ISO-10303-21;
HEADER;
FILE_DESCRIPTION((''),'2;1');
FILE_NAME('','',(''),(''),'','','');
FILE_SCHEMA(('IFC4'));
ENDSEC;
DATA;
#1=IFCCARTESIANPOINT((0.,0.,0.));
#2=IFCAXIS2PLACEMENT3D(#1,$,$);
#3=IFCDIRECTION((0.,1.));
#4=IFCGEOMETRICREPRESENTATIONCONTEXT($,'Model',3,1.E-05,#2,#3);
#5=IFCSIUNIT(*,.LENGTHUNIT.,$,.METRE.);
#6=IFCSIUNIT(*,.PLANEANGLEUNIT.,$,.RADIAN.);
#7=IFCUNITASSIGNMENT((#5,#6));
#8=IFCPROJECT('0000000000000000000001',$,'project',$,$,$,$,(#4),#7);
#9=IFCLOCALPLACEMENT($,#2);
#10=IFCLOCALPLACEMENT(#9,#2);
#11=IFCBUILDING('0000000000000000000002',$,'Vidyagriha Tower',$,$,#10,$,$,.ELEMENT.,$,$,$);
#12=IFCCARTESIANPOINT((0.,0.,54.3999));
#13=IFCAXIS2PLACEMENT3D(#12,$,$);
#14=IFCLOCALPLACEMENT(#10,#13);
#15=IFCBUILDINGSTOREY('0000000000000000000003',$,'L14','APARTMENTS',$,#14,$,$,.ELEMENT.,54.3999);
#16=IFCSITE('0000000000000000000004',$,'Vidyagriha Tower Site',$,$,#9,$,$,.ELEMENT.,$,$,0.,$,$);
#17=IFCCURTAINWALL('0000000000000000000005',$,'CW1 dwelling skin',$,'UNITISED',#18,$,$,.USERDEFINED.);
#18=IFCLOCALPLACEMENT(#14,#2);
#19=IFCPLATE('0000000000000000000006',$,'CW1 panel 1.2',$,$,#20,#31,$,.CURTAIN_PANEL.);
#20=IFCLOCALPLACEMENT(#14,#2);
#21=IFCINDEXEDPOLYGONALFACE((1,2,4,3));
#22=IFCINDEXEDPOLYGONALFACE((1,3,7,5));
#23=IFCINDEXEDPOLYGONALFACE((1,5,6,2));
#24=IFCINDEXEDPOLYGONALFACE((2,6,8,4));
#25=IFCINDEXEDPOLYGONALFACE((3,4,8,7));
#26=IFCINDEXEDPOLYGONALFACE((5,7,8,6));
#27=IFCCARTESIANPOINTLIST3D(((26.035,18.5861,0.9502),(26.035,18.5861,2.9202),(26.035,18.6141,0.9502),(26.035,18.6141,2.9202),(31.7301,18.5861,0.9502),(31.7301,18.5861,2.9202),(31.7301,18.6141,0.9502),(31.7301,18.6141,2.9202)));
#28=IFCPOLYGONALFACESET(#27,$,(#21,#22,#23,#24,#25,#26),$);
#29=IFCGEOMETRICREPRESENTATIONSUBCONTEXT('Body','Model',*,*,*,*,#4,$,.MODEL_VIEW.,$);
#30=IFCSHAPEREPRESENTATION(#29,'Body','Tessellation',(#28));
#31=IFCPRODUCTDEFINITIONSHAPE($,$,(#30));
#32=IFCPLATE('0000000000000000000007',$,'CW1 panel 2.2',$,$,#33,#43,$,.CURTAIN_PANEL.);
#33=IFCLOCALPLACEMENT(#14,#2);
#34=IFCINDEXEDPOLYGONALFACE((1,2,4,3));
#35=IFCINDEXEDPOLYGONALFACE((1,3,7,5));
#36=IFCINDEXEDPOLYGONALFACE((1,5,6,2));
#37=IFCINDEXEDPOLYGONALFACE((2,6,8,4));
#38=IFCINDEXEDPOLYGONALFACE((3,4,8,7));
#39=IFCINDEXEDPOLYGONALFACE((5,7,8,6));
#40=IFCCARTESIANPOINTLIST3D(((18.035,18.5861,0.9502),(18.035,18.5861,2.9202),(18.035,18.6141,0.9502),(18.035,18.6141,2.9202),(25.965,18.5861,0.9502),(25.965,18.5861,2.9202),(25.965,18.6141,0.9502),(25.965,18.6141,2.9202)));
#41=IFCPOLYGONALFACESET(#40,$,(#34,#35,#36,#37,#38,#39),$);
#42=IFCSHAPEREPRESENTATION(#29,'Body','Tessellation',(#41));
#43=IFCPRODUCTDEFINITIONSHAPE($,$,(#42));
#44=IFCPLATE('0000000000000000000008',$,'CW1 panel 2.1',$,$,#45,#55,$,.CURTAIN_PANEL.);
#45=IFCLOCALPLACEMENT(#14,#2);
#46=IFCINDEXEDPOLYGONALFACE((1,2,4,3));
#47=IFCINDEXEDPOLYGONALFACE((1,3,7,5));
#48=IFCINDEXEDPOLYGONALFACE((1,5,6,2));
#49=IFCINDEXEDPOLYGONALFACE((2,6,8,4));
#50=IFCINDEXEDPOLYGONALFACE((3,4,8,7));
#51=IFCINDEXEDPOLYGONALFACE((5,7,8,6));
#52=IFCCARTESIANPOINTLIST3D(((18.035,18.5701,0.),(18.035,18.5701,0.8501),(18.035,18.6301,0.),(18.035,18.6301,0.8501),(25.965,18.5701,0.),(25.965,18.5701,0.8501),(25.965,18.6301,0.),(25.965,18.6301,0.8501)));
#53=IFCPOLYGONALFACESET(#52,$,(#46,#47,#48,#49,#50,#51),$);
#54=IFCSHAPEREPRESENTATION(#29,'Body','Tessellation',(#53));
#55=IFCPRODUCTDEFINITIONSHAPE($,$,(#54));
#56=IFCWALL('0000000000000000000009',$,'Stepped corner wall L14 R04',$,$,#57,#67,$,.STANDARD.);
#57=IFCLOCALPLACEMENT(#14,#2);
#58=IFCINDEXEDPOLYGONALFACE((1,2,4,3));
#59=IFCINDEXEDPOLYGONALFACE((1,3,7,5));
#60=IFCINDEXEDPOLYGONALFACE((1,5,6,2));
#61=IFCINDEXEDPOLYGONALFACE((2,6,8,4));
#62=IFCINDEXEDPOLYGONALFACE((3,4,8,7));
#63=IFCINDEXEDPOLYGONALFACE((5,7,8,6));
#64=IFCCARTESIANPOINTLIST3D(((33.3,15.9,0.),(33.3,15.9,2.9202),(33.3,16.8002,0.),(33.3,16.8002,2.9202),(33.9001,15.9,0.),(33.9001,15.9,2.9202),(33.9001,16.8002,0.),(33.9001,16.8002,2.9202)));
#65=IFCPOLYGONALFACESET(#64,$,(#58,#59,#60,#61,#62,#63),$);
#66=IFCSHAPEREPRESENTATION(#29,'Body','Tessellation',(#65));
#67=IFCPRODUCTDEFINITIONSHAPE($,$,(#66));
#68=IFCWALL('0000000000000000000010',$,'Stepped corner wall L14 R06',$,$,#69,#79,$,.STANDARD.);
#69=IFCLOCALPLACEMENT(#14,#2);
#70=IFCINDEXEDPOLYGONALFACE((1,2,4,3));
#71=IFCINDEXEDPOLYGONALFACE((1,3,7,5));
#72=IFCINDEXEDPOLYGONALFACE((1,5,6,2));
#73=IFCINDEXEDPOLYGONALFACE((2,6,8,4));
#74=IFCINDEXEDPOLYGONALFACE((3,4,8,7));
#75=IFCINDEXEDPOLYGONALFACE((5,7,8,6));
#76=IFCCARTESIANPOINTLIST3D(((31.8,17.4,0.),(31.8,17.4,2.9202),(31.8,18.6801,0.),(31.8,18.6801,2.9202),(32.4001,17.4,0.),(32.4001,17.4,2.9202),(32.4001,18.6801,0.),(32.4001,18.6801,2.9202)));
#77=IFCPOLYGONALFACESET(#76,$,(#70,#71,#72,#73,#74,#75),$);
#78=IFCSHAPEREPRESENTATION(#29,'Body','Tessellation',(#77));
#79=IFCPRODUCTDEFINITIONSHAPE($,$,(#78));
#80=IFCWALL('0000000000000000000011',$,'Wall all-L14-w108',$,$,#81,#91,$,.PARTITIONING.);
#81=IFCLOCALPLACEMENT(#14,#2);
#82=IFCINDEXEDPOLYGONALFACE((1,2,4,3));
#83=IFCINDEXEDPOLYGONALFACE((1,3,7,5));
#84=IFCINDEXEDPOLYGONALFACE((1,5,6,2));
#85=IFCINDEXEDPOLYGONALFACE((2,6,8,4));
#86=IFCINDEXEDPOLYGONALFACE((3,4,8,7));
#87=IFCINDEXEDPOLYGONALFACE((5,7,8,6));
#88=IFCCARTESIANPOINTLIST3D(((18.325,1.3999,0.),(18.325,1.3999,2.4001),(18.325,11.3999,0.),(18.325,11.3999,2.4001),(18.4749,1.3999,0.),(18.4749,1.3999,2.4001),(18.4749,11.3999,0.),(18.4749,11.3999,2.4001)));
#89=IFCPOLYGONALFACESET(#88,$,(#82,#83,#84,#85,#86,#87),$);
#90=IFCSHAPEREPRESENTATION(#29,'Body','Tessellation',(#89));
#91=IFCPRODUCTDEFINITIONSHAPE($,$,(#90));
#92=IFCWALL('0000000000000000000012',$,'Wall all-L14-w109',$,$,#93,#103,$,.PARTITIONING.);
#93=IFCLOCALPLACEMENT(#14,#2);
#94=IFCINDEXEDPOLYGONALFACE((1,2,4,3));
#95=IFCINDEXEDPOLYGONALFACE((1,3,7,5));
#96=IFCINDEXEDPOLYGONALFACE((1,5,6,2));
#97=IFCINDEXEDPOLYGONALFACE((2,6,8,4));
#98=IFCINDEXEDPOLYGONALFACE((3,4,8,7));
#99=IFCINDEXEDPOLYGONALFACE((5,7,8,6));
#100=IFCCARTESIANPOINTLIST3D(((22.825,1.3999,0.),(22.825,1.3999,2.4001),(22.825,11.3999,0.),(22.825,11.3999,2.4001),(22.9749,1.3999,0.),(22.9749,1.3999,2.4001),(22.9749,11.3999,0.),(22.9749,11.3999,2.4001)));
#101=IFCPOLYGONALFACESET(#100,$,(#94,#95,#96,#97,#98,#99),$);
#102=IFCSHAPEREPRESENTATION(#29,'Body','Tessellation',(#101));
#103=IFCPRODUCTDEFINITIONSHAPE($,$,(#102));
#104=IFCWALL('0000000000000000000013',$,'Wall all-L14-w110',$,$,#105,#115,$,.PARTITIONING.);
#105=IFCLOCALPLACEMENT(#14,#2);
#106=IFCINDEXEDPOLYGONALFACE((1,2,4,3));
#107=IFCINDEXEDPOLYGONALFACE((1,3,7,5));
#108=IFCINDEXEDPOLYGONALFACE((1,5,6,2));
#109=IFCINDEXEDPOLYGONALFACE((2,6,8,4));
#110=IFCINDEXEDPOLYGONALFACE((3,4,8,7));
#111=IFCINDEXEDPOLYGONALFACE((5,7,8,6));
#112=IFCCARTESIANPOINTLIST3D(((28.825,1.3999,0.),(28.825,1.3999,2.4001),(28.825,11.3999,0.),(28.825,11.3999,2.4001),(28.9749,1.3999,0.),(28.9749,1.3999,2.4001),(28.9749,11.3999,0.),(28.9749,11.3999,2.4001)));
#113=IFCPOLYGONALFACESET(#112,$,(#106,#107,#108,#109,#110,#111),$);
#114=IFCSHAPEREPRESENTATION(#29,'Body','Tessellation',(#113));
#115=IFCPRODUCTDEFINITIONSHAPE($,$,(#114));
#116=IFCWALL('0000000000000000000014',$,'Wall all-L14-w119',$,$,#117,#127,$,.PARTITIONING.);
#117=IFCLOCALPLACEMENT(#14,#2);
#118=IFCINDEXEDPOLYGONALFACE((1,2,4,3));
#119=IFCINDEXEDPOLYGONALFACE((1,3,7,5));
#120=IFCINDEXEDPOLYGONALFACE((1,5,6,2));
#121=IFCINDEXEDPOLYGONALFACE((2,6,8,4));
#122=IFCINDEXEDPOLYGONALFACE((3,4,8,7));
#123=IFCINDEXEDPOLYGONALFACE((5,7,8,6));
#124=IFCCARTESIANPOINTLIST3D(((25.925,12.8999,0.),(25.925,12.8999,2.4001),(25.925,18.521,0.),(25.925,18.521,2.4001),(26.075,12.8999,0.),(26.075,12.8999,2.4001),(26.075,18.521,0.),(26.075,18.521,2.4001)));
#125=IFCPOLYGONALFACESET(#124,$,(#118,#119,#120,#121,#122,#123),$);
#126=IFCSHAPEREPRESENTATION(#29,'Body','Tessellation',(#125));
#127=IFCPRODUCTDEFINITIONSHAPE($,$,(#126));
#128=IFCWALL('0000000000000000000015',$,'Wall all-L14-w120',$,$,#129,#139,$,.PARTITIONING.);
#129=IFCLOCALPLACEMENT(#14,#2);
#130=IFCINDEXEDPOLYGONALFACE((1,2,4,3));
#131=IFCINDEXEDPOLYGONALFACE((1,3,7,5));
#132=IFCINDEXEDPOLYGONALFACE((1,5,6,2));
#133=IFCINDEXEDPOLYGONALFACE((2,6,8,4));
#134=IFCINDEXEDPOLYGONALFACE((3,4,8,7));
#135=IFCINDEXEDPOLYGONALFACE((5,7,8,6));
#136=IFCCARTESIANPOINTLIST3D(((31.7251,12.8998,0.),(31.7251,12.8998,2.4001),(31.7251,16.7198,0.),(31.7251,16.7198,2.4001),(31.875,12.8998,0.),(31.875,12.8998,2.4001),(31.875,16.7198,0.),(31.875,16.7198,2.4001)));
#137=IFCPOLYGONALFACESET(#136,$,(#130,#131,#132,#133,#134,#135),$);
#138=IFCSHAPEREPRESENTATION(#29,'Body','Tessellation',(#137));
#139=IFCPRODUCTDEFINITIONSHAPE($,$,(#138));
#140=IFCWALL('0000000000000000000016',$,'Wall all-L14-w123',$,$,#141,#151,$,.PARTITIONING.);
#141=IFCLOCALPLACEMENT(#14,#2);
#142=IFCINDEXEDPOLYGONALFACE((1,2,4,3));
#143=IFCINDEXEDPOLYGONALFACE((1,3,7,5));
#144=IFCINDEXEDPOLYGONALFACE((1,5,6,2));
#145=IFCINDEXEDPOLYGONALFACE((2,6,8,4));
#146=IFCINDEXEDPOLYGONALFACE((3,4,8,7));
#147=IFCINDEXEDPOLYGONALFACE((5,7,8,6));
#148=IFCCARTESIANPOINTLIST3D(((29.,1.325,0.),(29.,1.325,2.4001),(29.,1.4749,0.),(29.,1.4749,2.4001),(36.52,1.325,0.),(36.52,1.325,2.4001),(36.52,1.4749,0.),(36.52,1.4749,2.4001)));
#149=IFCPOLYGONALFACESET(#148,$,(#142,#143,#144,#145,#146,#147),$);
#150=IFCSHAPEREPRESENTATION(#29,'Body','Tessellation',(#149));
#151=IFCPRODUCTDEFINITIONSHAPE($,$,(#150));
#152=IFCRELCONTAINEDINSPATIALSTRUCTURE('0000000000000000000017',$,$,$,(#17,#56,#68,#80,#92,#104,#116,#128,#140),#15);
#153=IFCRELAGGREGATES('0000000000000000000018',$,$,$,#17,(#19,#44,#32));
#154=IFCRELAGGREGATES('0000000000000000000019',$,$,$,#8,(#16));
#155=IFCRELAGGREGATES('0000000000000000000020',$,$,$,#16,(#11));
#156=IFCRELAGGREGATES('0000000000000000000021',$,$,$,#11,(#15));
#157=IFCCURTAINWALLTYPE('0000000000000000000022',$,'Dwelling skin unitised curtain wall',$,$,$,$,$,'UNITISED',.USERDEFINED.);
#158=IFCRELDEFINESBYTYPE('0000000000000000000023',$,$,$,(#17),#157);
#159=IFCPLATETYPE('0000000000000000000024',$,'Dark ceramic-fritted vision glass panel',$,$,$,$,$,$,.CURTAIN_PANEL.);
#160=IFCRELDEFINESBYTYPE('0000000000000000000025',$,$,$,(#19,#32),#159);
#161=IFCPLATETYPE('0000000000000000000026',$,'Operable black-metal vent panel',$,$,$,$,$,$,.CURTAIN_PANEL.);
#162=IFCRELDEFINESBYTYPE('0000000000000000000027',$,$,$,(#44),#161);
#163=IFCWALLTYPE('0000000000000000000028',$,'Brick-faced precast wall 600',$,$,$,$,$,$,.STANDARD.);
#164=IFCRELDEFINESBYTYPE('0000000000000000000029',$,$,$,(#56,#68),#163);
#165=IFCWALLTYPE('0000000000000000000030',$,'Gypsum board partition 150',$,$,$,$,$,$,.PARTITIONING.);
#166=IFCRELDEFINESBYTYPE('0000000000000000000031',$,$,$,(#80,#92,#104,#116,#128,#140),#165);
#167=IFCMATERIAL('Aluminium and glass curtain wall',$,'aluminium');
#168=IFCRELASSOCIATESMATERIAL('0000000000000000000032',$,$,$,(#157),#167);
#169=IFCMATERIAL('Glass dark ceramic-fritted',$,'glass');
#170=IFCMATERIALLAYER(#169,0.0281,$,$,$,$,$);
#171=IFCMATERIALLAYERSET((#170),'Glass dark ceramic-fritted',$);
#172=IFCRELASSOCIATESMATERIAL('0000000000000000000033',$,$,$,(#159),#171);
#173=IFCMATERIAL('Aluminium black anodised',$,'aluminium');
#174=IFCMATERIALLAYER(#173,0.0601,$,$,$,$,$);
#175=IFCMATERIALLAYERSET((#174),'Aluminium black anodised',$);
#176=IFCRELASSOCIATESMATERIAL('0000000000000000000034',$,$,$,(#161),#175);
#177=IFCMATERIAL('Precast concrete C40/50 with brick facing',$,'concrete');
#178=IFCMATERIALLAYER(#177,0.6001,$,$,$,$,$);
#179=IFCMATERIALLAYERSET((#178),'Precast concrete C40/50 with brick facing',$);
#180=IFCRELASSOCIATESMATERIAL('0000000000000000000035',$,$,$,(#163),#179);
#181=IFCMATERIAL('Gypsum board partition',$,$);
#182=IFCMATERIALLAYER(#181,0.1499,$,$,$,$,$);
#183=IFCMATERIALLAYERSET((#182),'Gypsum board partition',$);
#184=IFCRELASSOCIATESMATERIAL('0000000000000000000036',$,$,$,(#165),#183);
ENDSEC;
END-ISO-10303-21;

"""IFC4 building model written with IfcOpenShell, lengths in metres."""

from ifc_helpers import new_model, si_unit, direction, frame, frame_2d, origin, origin_2d, place, context, subcontext, project, spatial, rectangle, extrude, material, layer, layer_set, type_object, element, aggregate, save


model = new_model("IFC4")

# Units and contexts
model_context = context("Model", 3, precision=1e-05, world=origin(), true_north=direction((0.0, 1.0)))
body_context = subcontext(model_context, "Body", "Model", "MODEL_VIEW")
ifc_project = project(units=[si_unit("LENGTHUNIT", "METRE"), si_unit("PLANEANGLEUNIT", "RADIAN")], contexts=[model_context])

# Site, building, storey
site_placement = place(None, origin())
site = spatial("IfcSite", under=ifc_project, at=site_placement, Name="Vidyagriha Tower Site", CompositionType="ELEMENT", RefElevation=0.0)
building_placement = place(site_placement, origin())
building = spatial("IfcBuilding", under=site, at=building_placement, Name="Vidyagriha Tower", CompositionType="ELEMENT")
storey_placement = place(building_placement, frame((0.0, 0.0, 54.3999)))
storey = spatial("IfcBuildingStorey", under=building, at=storey_placement, Name="L14", Description="APARTMENTS", CompositionType="ELEMENT", Elevation=54.3999)

# Curtain wall, plates
ifc_material_1 = material(Name="Aluminium and glass curtain wall", Category="aluminium")
curtain_wall_type = type_object("IfcCurtainWallType", Name="Dwelling skin unitised curtain wall", ElementType="UNITISED", PredefinedType="USERDEFINED", material=ifc_material_1)
curtain_wall_placement = place(storey_placement, origin())
curtain_wall = element("IfcCurtainWall", 1, at=curtain_wall_placement, inside=storey, type_object=curtain_wall_type, Name="CW1 dwelling skin", ObjectType="UNITISED", PredefinedType="USERDEFINED")
ifc_material_2 = material(Name="Glass dark ceramic-fritted", Category="glass")
ifc_layer_1 = layer(ifc_material_2, 0.0281)
ifc_layer_set_1 = layer_set([ifc_layer_1], Name="Glass dark ceramic-fritted")
plate_type_1 = type_object("IfcPlateType", Name="Dark ceramic-fritted vision glass panel", PredefinedType="CURTAIN_PANEL", material=ifc_layer_set_1)
plate_1_placement = place(storey_placement, frame((28.8826, 18.6001, 0.9502), z_axis=(0.0, 0.0, 1.0), x_axis=(-1.0, 0.0, 0.0)))
plate_1 = element("IfcPlate", 2, at=plate_1_placement, type_object=plate_type_1, Name="CW1 panel 1.2", PredefinedType="CURTAIN_PANEL", context=body_context, shape_type="SweptSolid", body=[
    extrude(rectangle(XDim=5.6951, YDim=0.0281, at=origin_2d()), origin(), (0.0, 0.0, 1.0), 1.97),
])
plate_2_placement = place(storey_placement, frame((22.0, 18.6001, 0.9502), z_axis=(0.0, 0.0, 1.0), x_axis=(-1.0, 0.0, 0.0)))
plate_2 = element("IfcPlate", 3, at=plate_2_placement, type_object=plate_type_1, Name="CW1 panel 2.2", PredefinedType="CURTAIN_PANEL", context=body_context, shape_type="SweptSolid", body=[
    extrude(rectangle(XDim=7.9299, YDim=0.0281, at=origin_2d()), origin(), (0.0, 0.0, 1.0), 1.97),
])
ifc_material_3 = material(Name="Aluminium black anodised", Category="aluminium")
ifc_layer_2 = layer(ifc_material_3, 0.0601)
ifc_layer_set_2 = layer_set([ifc_layer_2], Name="Aluminium black anodised")
plate_type_2 = type_object("IfcPlateType", Name="Operable black-metal vent panel", PredefinedType="CURTAIN_PANEL", material=ifc_layer_set_2)
plate_3_placement = place(storey_placement, frame((22.0, 18.6001, 0.0), z_axis=(0.0, 0.0, 1.0), x_axis=(-1.0, 0.0, 0.0)))
plate_3 = element("IfcPlate", 4, at=plate_3_placement, type_object=plate_type_2, Name="CW1 panel 2.1", PredefinedType="CURTAIN_PANEL", context=body_context, shape_type="SweptSolid", body=[
    extrude(rectangle(XDim=7.9299, YDim=0.0601, at=origin_2d()), origin(), (0.0, 0.0, 1.0), 0.8501),
])
aggregate(curtain_wall, [plate_1, plate_3, plate_2])

# Walls
ifc_material_4 = material(Name="Precast concrete C40/50 with brick facing", Category="concrete")
ifc_layer_3 = layer(ifc_material_4, 0.6001)
ifc_layer_set_3 = layer_set([ifc_layer_3], Name="Precast concrete C40/50 with brick facing")
wall_type_1 = type_object("IfcWallType", Name="Brick-faced precast wall 600", PredefinedType="STANDARD", material=ifc_layer_set_3)
wall_1_placement = place(storey_placement, frame((33.6001, 15.8999, 0.0), z_axis=(0.0, 0.0, 1.0), x_axis=(0.0, 1.0, 0.0)))
element("IfcWall", 5, at=wall_1_placement, inside=storey, type_object=wall_type_1, Name="Stepped corner wall L14 R04", PredefinedType="STANDARD", context=body_context, shape_type="SweptSolid", body=[
    extrude(rectangle(XDim=0.9001, YDim=0.6001, at=frame_2d((0.4502, 0.0))), origin(), (0.0, 0.0, 1.0), 2.9202),
])
wall_2_placement = place(storey_placement, frame((32.1001, 17.3999, 0.0), z_axis=(0.0, 0.0, 1.0), x_axis=(0.0, 1.0, 0.0)))
element("IfcWall", 6, at=wall_2_placement, inside=storey, type_object=wall_type_1, Name="Stepped corner wall L14 R06", PredefinedType="STANDARD", context=body_context, shape_type="SweptSolid", body=[
    extrude(rectangle(XDim=1.28, YDim=0.6001, at=frame_2d((0.6401, 0.0))), origin(), (0.0, 0.0, 1.0), 2.9202),
])
ifc_material_5 = material(Name="Gypsum board partition")
ifc_layer_4 = layer(ifc_material_5, 0.1499)
ifc_layer_set_4 = layer_set([ifc_layer_4], Name="Gypsum board partition")
wall_type_2 = type_object("IfcWallType", Name="Gypsum board partition 150", PredefinedType="PARTITIONING", material=ifc_layer_set_4)
for number, where, z_axis, x_axis, name in (
    (7, (18.3999, 11.3999, 0.0), (0.0, 0.0, 1.0), (0.0, -1.0, 0.0), "Wall all-L14-w108"),
    (8, (22.8999, 11.3999, 0.0), (0.0, 0.0, 1.0), (0.0, -1.0, 0.0), "Wall all-L14-w109"),
    (9, (28.8999, 11.3999, 0.0), (0.0, 0.0, 1.0), (0.0, -1.0, 0.0), "Wall all-L14-w110"),
):
    element("IfcWall", number, at=place(storey_placement, frame(where, z_axis=z_axis, x_axis=x_axis)), inside=storey, type_object=wall_type_2, Name=name, PredefinedType="PARTITIONING", context=body_context, shape_type="SweptSolid", body=[
        extrude(rectangle(XDim=10.0, YDim=0.1499, at=frame_2d((5.0, 0.0))), origin(), (0.0, 0.0, 1.0), 2.4001),
    ])
wall_3_placement = place(storey_placement, frame((26.0, 18.521, 0.0), z_axis=(0.0, 0.0, 1.0), x_axis=(0.0, -1.0, 0.0)))
element("IfcWall", 10, at=wall_3_placement, inside=storey, type_object=wall_type_2, Name="Wall all-L14-w119", PredefinedType="PARTITIONING", context=body_context, shape_type="SweptSolid", body=[
    extrude(rectangle(XDim=5.6211, YDim=0.1499, at=frame_2d((2.8105, 0.0))), origin(), (0.0, 0.0, 1.0), 2.4001),
])
wall_4_placement = place(storey_placement, frame((31.8, 16.72, 0.0), z_axis=(0.0, 0.0, 1.0), x_axis=(0.0, -1.0, 0.0)))
element("IfcWall", 11, at=wall_4_placement, inside=storey, type_object=wall_type_2, Name="Wall all-L14-w120", PredefinedType="PARTITIONING", context=body_context, shape_type="SweptSolid", body=[
    extrude(rectangle(XDim=3.8201, YDim=0.1499, at=frame_2d((1.9102, 0.0))), origin(), (0.0, 0.0, 1.0), 2.4001),
])
wall_5_placement = place(storey_placement, frame((29.0, 1.3999, 0.0)))
element("IfcWall", 12, at=wall_5_placement, inside=storey, type_object=wall_type_2, Name="Wall all-L14-w123", PredefinedType="PARTITIONING", context=body_context, shape_type="SweptSolid", body=[
    extrude(rectangle(XDim=7.52, YDim=0.1499, at=frame_2d((3.76, 0.0))), origin(), (0.0, 0.0, 1.0), 2.4001),
])

save(model, "model.ifc")
